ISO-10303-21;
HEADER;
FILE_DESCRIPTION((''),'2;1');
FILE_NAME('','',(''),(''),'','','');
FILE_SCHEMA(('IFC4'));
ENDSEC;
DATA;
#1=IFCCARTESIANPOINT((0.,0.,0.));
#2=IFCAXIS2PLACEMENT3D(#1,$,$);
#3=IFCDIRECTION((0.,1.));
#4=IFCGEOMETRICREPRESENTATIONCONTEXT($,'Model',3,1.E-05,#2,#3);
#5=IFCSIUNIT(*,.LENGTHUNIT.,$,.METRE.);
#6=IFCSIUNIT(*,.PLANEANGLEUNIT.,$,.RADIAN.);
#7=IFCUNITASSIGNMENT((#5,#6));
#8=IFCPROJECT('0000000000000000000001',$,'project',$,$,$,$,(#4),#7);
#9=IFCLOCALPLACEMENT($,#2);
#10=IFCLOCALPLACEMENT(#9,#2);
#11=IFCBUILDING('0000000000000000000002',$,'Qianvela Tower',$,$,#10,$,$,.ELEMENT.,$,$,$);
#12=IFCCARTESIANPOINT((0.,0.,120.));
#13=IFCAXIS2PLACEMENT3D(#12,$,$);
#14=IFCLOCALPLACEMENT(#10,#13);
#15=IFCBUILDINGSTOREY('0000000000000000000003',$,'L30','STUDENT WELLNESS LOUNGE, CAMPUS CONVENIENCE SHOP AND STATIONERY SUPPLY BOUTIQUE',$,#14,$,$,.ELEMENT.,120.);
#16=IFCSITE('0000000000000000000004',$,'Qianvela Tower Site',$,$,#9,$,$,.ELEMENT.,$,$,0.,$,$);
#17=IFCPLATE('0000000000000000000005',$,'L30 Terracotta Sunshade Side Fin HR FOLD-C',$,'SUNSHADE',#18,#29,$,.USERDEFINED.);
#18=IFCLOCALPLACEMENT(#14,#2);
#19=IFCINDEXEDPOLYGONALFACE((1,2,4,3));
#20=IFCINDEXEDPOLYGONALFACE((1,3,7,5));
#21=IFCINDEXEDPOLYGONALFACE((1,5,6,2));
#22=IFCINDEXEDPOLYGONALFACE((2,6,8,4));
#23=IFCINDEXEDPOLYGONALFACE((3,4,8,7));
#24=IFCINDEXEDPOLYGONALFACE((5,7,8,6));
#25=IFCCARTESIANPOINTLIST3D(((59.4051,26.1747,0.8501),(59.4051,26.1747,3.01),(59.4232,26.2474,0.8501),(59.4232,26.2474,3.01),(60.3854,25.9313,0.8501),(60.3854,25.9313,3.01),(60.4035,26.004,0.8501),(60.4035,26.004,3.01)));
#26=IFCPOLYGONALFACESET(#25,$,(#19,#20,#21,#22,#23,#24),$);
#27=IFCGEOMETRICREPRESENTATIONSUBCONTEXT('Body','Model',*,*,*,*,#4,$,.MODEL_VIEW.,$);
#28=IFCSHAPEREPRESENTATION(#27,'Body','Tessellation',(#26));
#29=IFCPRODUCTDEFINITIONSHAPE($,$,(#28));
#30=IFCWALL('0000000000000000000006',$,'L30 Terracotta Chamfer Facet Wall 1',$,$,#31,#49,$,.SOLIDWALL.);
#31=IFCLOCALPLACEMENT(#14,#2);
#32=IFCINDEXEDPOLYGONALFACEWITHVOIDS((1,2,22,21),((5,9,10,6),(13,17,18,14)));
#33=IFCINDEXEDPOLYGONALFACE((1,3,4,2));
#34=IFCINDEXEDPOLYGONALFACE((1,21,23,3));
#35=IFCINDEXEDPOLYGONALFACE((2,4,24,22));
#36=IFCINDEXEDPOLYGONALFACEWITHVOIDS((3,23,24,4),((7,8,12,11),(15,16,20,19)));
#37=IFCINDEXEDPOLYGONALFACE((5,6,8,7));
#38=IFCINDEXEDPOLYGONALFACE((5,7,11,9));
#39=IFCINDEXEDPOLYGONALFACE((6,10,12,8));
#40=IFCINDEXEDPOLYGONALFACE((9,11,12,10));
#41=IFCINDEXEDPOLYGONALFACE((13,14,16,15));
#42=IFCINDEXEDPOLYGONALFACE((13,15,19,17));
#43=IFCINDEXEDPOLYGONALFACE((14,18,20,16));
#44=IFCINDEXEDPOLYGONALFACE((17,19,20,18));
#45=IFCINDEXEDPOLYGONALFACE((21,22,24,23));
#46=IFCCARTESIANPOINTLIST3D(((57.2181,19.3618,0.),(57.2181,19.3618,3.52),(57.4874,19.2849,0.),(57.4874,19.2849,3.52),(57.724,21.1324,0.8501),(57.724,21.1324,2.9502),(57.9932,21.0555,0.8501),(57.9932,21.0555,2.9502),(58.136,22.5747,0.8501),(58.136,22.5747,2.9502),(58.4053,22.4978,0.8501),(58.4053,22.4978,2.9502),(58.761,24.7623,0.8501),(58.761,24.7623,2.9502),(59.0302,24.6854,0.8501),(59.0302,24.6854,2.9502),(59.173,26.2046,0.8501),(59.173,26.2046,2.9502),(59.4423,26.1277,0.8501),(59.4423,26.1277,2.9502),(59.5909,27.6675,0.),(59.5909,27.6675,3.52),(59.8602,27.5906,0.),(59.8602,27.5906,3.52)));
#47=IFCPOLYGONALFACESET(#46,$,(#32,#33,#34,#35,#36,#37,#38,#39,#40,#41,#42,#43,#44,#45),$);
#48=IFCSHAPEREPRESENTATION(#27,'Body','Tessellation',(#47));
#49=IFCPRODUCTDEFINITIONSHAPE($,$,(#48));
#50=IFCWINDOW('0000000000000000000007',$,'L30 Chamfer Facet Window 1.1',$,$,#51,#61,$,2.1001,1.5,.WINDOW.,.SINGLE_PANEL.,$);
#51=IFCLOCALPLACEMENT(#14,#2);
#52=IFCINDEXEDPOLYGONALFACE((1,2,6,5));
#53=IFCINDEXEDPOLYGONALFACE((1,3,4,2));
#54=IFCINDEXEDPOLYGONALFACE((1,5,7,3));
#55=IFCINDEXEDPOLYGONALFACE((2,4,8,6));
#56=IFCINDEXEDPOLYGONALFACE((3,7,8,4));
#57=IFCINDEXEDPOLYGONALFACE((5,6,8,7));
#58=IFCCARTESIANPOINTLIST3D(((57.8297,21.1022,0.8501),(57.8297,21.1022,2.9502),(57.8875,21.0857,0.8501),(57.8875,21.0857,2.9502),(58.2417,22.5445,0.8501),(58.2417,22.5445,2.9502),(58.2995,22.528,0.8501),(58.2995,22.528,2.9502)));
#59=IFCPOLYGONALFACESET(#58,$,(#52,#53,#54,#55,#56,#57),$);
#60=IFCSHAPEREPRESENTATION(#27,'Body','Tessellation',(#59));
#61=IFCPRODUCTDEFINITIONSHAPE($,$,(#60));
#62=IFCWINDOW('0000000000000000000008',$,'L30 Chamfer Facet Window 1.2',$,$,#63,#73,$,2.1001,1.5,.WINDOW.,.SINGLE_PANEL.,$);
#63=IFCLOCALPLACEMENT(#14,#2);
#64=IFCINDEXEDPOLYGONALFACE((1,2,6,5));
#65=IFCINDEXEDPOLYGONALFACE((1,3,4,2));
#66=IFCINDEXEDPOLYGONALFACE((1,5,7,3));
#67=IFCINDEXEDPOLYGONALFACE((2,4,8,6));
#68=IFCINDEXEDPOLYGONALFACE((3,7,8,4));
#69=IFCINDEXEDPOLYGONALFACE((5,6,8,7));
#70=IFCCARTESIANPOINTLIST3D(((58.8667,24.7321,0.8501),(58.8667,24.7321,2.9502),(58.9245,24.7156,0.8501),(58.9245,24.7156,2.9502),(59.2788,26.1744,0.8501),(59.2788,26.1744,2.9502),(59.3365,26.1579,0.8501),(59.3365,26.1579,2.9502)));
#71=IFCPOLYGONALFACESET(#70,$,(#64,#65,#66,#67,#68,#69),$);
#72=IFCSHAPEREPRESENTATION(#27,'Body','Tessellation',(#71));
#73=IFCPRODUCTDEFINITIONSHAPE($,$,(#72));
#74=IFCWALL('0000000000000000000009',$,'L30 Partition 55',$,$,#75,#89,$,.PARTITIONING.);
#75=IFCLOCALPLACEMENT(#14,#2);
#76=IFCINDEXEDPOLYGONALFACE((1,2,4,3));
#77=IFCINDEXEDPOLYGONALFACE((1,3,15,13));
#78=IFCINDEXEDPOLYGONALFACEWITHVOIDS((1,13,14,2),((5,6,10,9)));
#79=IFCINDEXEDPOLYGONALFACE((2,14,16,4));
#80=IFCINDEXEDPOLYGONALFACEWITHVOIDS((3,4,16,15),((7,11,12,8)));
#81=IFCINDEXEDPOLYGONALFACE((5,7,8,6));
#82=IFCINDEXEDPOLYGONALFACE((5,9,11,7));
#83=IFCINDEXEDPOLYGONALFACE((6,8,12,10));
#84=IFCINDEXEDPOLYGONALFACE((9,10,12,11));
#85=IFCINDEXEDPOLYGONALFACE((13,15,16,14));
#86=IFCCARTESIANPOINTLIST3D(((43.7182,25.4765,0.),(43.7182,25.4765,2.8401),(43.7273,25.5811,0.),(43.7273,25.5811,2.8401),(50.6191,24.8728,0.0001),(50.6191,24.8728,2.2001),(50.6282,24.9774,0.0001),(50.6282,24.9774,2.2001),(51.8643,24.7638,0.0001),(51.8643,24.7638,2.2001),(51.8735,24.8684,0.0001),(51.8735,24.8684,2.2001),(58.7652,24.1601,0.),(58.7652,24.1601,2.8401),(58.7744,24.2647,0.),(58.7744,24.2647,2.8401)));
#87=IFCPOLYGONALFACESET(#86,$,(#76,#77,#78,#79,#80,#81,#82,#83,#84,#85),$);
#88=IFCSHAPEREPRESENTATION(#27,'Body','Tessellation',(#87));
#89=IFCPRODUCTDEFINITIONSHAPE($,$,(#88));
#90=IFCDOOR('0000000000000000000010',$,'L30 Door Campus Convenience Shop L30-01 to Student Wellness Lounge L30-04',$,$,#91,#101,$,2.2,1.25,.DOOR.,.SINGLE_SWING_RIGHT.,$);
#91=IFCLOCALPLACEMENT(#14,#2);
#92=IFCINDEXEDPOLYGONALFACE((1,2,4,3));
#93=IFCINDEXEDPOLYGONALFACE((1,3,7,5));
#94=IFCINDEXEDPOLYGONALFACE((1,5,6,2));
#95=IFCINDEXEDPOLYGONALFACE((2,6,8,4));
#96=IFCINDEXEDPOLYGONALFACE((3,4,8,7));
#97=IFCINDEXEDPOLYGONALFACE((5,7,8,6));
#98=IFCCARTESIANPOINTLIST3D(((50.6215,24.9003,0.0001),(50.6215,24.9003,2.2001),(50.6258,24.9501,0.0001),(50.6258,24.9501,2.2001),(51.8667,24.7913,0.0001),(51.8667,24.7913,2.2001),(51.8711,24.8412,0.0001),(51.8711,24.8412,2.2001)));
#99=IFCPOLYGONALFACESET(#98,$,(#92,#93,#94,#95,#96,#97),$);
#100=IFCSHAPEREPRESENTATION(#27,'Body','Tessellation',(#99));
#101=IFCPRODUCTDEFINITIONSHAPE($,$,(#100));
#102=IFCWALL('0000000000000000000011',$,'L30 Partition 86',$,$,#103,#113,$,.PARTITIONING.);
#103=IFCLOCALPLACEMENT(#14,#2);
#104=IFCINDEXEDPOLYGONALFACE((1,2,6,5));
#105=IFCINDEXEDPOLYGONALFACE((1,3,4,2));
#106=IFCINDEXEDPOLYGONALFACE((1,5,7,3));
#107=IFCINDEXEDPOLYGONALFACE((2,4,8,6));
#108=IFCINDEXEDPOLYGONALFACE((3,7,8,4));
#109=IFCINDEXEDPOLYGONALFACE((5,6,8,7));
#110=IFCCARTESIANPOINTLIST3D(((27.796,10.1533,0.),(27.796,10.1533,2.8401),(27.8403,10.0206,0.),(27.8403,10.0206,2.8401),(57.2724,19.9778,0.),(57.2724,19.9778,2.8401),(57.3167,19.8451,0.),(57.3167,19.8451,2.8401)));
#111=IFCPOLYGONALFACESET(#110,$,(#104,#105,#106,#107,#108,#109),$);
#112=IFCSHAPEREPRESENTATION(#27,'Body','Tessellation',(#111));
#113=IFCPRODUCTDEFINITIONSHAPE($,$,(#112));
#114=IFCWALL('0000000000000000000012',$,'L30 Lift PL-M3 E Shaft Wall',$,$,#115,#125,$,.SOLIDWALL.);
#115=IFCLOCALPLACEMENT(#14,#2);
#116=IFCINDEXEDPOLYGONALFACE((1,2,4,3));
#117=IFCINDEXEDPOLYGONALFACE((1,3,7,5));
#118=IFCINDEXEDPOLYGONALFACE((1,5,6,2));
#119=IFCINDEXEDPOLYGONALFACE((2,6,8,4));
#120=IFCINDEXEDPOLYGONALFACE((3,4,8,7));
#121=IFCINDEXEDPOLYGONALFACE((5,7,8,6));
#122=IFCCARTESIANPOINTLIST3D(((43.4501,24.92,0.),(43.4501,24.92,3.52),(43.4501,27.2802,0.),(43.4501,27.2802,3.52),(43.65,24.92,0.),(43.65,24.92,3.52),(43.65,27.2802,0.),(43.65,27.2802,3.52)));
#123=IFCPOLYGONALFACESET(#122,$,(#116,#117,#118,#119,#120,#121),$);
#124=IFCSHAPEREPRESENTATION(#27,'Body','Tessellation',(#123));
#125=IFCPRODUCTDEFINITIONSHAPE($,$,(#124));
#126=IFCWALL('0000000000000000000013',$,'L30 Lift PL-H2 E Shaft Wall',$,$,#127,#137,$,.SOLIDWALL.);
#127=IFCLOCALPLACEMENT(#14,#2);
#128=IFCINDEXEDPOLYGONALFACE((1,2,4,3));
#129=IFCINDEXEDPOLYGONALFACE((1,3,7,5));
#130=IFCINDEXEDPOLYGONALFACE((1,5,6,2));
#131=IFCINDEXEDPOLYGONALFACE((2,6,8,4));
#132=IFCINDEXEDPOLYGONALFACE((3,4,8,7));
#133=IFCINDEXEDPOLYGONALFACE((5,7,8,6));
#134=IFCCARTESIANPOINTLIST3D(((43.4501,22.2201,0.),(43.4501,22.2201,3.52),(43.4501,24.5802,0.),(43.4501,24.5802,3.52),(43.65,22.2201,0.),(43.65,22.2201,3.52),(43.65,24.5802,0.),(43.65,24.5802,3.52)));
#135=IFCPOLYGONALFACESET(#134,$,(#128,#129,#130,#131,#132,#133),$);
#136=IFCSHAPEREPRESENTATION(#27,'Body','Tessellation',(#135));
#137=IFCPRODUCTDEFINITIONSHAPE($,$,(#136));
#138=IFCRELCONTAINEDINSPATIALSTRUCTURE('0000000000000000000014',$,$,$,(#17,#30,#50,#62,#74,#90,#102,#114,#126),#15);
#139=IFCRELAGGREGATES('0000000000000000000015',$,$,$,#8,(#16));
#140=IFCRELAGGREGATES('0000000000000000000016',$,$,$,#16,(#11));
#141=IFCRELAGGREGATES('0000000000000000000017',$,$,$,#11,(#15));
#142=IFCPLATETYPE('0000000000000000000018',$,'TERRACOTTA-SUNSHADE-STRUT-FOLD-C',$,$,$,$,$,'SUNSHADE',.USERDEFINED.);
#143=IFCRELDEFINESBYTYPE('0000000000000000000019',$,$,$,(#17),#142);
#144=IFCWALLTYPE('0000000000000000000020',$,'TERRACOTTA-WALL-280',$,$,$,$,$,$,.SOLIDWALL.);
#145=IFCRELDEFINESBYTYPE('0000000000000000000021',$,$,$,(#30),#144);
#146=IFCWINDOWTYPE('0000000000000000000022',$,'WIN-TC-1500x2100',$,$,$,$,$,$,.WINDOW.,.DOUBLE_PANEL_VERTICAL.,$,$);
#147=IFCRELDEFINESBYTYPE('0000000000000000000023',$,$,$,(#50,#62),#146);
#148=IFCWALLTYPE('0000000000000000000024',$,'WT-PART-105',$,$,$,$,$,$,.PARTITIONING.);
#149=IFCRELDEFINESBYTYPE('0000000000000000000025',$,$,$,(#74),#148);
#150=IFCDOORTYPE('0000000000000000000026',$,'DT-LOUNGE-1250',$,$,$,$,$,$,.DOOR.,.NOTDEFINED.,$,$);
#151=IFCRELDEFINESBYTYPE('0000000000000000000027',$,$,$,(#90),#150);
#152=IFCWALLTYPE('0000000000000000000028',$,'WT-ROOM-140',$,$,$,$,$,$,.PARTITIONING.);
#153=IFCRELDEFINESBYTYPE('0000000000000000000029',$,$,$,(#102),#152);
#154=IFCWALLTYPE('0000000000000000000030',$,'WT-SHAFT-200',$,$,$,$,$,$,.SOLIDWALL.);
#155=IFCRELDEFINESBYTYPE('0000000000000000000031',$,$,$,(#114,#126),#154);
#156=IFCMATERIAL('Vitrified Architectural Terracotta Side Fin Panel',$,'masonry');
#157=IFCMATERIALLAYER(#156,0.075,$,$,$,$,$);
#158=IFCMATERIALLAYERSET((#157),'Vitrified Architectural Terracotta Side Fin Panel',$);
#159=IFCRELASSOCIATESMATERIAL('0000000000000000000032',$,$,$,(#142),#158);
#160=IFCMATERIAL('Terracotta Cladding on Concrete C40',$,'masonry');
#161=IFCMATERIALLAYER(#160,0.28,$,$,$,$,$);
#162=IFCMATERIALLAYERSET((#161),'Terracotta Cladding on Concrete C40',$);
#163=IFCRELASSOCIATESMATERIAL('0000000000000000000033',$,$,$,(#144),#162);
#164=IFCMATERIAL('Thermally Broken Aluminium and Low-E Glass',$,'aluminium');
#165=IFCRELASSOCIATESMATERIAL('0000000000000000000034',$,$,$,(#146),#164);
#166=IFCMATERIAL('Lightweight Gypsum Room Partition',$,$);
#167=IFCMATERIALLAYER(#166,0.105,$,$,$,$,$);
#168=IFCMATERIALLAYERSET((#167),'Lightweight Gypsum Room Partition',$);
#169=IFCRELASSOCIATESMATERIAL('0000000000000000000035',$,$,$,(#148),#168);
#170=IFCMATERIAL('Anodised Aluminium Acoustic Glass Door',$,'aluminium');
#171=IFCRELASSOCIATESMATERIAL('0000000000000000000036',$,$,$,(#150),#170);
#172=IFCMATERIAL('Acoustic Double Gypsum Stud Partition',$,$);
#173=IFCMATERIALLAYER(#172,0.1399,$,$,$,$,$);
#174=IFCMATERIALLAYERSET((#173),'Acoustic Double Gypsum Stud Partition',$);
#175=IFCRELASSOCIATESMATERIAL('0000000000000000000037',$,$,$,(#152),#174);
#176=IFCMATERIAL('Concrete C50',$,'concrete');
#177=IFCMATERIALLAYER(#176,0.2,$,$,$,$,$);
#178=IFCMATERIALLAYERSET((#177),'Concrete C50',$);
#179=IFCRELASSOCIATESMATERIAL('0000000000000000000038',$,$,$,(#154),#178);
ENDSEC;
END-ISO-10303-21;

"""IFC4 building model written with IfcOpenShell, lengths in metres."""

from ifc_helpers import new_model, si_unit, direction, frame, frame_2d, origin, origin_2d, place, context, subcontext, project, spatial, rectangle, extrude, material, layer, layer_set, type_object, element, fill, save


model = new_model("IFC4")

# Units and contexts
model_context = context("Model", 3, precision=1e-05, world=origin(), true_north=direction((0.0, 1.0)))
body_context = subcontext(model_context, "Body", "Model", "MODEL_VIEW")
ifc_project = project(units=[si_unit("LENGTHUNIT", "METRE"), si_unit("PLANEANGLEUNIT", "RADIAN")], contexts=[model_context])

# Site, building, storey
site_placement = place(None, origin())
site = spatial("IfcSite", under=ifc_project, at=site_placement, Name="Qianvela Tower Site", CompositionType="ELEMENT", RefElevation=0.0)
building_placement = place(site_placement, origin())
building = spatial("IfcBuilding", under=site, at=building_placement, Name="Qianvela Tower", CompositionType="ELEMENT")
storey_placement = place(building_placement, frame((0.0, 0.0, 120.0)))
storey = spatial("IfcBuildingStorey", under=building, at=storey_placement, Name="L30", Description="STUDENT WELLNESS LOUNGE, CAMPUS CONVENIENCE SHOP AND STATIONERY SUPPLY BOUTIQUE", CompositionType="ELEMENT", Elevation=120.0)

# Plate
ifc_material_1 = material(Name="Vitrified Architectural Terracotta Side Fin Panel", Category="masonry")
ifc_layer_1 = layer(ifc_material_1, 0.075)
ifc_layer_set_1 = layer_set([ifc_layer_1], Name="Vitrified Architectural Terracotta Side Fin Panel")
plate_type_1 = type_object("IfcPlateType", Name="TERRACOTTA-SUNSHADE-STRUT-FOLD-C", ElementType="SUNSHADE", PredefinedType="USERDEFINED", material=ifc_layer_set_1)
for number, where, z_axis, x_axis, name in (
    (1, (59.9043, 26.0894, 0.8501), (0.0, 0.0, 1.0), (0.240965, 0.970534, 0.0), "L30 Terracotta Sunshade Side Fin HR FOLD-C"),
):
    element("IfcPlate", number, at=place(storey_placement, frame(where, z_axis=z_axis, x_axis=x_axis)), inside=storey, type_object=plate_type_1, Name=name, ObjectType="SUNSHADE", PredefinedType="USERDEFINED", context=body_context, shape_type="SweptSolid", body=[
        extrude(rectangle(XDim=0.075, YDim=1.01, at=origin_2d()), origin(), (0.0, 0.0, 1.0), 2.1599),
    ])

# Wall, openings, windows
ifc_material_2 = material(Name="Terracotta Cladding on Concrete C40", Category="masonry")
ifc_layer_2 = layer(ifc_material_2, 0.28)
ifc_layer_set_2 = layer_set([ifc_layer_2], Name="Terracotta Cladding on Concrete C40")
wall_type_1 = type_object("IfcWallType", Name="TERRACOTTA-WALL-280", PredefinedType="SOLIDWALL", material=ifc_layer_set_2)
wall_1_placement = place(storey_placement, frame((57.3528, 19.3235, 0.0), z_axis=(0.0, 0.0, 1.0), x_axis=(0.274695, 0.961531, 0.0)))
wall_1 = element("IfcWall", 2, at=wall_1_placement, inside=storey, type_object=wall_type_1, Name="L30 Terracotta Chamfer Facet Wall 1", PredefinedType="SOLIDWALL", context=body_context, shape_type="SweptSolid", body=[
    extrude(rectangle(XDim=8.6379, YDim=0.28, at=frame_2d((4.3188, 0.0))), origin(), (0.0, 0.0, 1.0), 3.52),
])
opening_1_placement = place(wall_1_placement, frame((1.8413, 0.0, 0.8501)))
opening_1 = element("IfcOpeningElement", 3, at=opening_1_placement, cuts=wall_1, PredefinedType="OPENING", context=body_context, shape_type="SweptSolid", body=[
    extrude(rectangle(XDim=1.5, YDim=2.1001, at=frame_2d((0.75, 1.05))), frame((0.0, 0.1499, 0.0), z_axis=(0.0, -1.0, 0.0), x_axis=(1.0, 0.0, 0.0)), (0.0, 0.0, 1.0), 0.3),
])
opening_2_placement = place(wall_1_placement, frame((5.6165, 0.0, 0.8501)))
opening_2 = element("IfcOpeningElement", 4, at=opening_2_placement, cuts=wall_1, PredefinedType="OPENING", context=body_context, shape_type="SweptSolid", body=[
    extrude(rectangle(XDim=1.5, YDim=2.1001, at=frame_2d((0.75, 1.05))), frame((0.0, 0.1499, 0.0), z_axis=(0.0, -1.0, 0.0), x_axis=(1.0, 0.0, 0.0)), (0.0, 0.0, 1.0), 0.3),
])
ifc_material_3 = material(Name="Thermally Broken Aluminium and Low-E Glass", Category="aluminium")
window_type = type_object("IfcWindowType", Name="WIN-TC-1500x2100", PartitioningType="DOUBLE_PANEL_VERTICAL", PredefinedType="WINDOW", material=ifc_material_3)
window_1_placement = place(opening_1_placement, origin())
window_1 = element("IfcWindow", 5, at=window_1_placement, inside=storey, type_object=window_type, Name="L30 Chamfer Facet Window 1.1", OverallHeight=2.1001, OverallWidth=1.5, PartitioningType="SINGLE_PANEL", PredefinedType="WINDOW", context=body_context, shape_type="SweptSolid", body=[
    extrude(rectangle(XDim=1.5, YDim=2.1001, at=frame_2d((0.75, 1.05))), frame((0.0, 0.03, 0.0), z_axis=(0.0, -1.0, 0.0), x_axis=(1.0, 0.0, 0.0)), (0.0, 0.0, 1.0), 0.0601),
])
fill(opening_1, window_1)
window_2_placement = place(opening_2_placement, origin())
window_2 = element("IfcWindow", 6, at=window_2_placement, inside=storey, type_object=window_type, Name="L30 Chamfer Facet Window 1.2", OverallHeight=2.1001, OverallWidth=1.5, PartitioningType="SINGLE_PANEL", PredefinedType="WINDOW", context=body_context, shape_type="SweptSolid", body=[
    extrude(rectangle(XDim=1.5, YDim=2.1001, at=frame_2d((0.75, 1.05))), frame((0.0, 0.03, 0.0), z_axis=(0.0, -1.0, 0.0), x_axis=(1.0, 0.0, 0.0)), (0.0, 0.0, 1.0), 0.0601),
])
fill(opening_2, window_2)

# Wall, opening, door
ifc_material_4 = material(Name="Lightweight Gypsum Room Partition")
ifc_layer_3 = layer(ifc_material_4, 0.105)
ifc_layer_set_3 = layer_set([ifc_layer_3], Name="Lightweight Gypsum Room Partition")
wall_type_2 = type_object("IfcWallType", Name="WT-PART-105", PredefinedType="PARTITIONING", material=ifc_layer_set_3)
wall_2_placement = place(storey_placement, frame((58.7698, 24.2124, 0.0), z_axis=(0.0, 0.0, 1.0), x_axis=(-0.996195, 0.087153, 0.0)))
wall_2 = element("IfcWall", 7, at=wall_2_placement, inside=storey, type_object=wall_type_2, Name="L30 Partition 55", PredefinedType="PARTITIONING", context=body_context, shape_type="SweptSolid", body=[
    extrude(rectangle(XDim=15.1045, YDim=0.105, at=frame_2d((7.5522, 0.0))), origin(), (0.0, 0.0, 1.0), 2.8401),
])
opening_3_placement = place(wall_2_placement, frame((6.9272, 0.0, 0.0)))
opening_3 = element("IfcOpeningElement", 8, at=opening_3_placement, cuts=wall_2, PredefinedType="OPENING", context=body_context, shape_type="SweptSolid", body=[
    extrude(rectangle(XDim=1.25, YDim=2.2, at=frame_2d((0.625, 1.1001))), frame((0.0, 0.0625, 0.0), z_axis=(0.0, -1.0, 0.0), x_axis=(1.0, 0.0, 0.0)), (0.0, 0.0, 1.0), 0.125),
])
ifc_material_5 = material(Name="Anodised Aluminium Acoustic Glass Door", Category="aluminium")
door_type = type_object("IfcDoorType", Name="DT-LOUNGE-1250", OperationType="NOTDEFINED", PredefinedType="DOOR", material=ifc_material_5)
door_placement = place(opening_3_placement, origin())
door = element("IfcDoor", 9, at=door_placement, inside=storey, type_object=door_type, Name="L30 Door Campus Convenience Shop L30-01 to Student Wellness Lounge L30-04", OperationType="SINGLE_SWING_RIGHT", OverallHeight=2.2, OverallWidth=1.25, PredefinedType="DOOR", context=body_context, shape_type="SweptSolid", body=[
    extrude(rectangle(XDim=1.25, YDim=2.2, at=frame_2d((0.625, 1.1001))), frame((0.0, 0.0249, 0.0), z_axis=(0.0, -1.0, 0.0), x_axis=(1.0, 0.0, 0.0)), (0.0, 0.0, 1.0), 0.05),
])
fill(opening_3, door)

# Walls
ifc_material_6 = material(Name="Acoustic Double Gypsum Stud Partition")
ifc_layer_4 = layer(ifc_material_6, 0.1399)
ifc_layer_set_4 = layer_set([ifc_layer_4], Name="Acoustic Double Gypsum Stud Partition")
wall_type_3 = type_object("IfcWallType", Name="WT-ROOM-140", PredefinedType="PARTITIONING", material=ifc_layer_set_4)
wall_3_placement = place(storey_placement, frame((57.2944, 19.9114, 0.0), z_axis=(0.0, 0.0, 1.0), x_axis=(-0.948693, -0.316199, 0.0)))
element("IfcWall", 10, at=wall_3_placement, inside=storey, type_object=wall_type_3, Name="L30 Partition 86", PredefinedType="PARTITIONING", context=body_context, shape_type="SweptSolid", body=[
    extrude(rectangle(XDim=31.0706, YDim=0.1399, at=frame_2d((15.5352, 0.0))), origin(), (0.0, 0.0, 1.0), 2.8401),
])
ifc_material_7 = material(Name="Concrete C50", Category="concrete")
ifc_layer_5 = layer(ifc_material_7, 0.2)
ifc_layer_set_5 = layer_set([ifc_layer_5], Name="Concrete C50")
wall_type_4 = type_object("IfcWallType", Name="WT-SHAFT-200", PredefinedType="SOLIDWALL", material=ifc_layer_set_5)
for number, where, z_axis, x_axis, name in (
    (11, (43.55, 24.9199, 0.0), (0.0, 0.0, 1.0), (0.0, 1.0, 0.0), "L30 Lift PL-M3 E Shaft Wall"),
    (12, (43.55, 22.22, 0.0), (0.0, 0.0, 1.0), (0.0, 1.0, 0.0), "L30 Lift PL-H2 E Shaft Wall"),
):
    element("IfcWall", number, at=place(storey_placement, frame(where, z_axis=z_axis, x_axis=x_axis)), inside=storey, type_object=wall_type_4, Name=name, PredefinedType="SOLIDWALL", context=body_context, shape_type="SweptSolid", body=[
        extrude(rectangle(XDim=2.3601, YDim=0.2, at=frame_2d((1.1802, 0.0))), origin(), (0.0, 0.0, 1.0), 3.52),
    ])

save(model, "model.ifc")
